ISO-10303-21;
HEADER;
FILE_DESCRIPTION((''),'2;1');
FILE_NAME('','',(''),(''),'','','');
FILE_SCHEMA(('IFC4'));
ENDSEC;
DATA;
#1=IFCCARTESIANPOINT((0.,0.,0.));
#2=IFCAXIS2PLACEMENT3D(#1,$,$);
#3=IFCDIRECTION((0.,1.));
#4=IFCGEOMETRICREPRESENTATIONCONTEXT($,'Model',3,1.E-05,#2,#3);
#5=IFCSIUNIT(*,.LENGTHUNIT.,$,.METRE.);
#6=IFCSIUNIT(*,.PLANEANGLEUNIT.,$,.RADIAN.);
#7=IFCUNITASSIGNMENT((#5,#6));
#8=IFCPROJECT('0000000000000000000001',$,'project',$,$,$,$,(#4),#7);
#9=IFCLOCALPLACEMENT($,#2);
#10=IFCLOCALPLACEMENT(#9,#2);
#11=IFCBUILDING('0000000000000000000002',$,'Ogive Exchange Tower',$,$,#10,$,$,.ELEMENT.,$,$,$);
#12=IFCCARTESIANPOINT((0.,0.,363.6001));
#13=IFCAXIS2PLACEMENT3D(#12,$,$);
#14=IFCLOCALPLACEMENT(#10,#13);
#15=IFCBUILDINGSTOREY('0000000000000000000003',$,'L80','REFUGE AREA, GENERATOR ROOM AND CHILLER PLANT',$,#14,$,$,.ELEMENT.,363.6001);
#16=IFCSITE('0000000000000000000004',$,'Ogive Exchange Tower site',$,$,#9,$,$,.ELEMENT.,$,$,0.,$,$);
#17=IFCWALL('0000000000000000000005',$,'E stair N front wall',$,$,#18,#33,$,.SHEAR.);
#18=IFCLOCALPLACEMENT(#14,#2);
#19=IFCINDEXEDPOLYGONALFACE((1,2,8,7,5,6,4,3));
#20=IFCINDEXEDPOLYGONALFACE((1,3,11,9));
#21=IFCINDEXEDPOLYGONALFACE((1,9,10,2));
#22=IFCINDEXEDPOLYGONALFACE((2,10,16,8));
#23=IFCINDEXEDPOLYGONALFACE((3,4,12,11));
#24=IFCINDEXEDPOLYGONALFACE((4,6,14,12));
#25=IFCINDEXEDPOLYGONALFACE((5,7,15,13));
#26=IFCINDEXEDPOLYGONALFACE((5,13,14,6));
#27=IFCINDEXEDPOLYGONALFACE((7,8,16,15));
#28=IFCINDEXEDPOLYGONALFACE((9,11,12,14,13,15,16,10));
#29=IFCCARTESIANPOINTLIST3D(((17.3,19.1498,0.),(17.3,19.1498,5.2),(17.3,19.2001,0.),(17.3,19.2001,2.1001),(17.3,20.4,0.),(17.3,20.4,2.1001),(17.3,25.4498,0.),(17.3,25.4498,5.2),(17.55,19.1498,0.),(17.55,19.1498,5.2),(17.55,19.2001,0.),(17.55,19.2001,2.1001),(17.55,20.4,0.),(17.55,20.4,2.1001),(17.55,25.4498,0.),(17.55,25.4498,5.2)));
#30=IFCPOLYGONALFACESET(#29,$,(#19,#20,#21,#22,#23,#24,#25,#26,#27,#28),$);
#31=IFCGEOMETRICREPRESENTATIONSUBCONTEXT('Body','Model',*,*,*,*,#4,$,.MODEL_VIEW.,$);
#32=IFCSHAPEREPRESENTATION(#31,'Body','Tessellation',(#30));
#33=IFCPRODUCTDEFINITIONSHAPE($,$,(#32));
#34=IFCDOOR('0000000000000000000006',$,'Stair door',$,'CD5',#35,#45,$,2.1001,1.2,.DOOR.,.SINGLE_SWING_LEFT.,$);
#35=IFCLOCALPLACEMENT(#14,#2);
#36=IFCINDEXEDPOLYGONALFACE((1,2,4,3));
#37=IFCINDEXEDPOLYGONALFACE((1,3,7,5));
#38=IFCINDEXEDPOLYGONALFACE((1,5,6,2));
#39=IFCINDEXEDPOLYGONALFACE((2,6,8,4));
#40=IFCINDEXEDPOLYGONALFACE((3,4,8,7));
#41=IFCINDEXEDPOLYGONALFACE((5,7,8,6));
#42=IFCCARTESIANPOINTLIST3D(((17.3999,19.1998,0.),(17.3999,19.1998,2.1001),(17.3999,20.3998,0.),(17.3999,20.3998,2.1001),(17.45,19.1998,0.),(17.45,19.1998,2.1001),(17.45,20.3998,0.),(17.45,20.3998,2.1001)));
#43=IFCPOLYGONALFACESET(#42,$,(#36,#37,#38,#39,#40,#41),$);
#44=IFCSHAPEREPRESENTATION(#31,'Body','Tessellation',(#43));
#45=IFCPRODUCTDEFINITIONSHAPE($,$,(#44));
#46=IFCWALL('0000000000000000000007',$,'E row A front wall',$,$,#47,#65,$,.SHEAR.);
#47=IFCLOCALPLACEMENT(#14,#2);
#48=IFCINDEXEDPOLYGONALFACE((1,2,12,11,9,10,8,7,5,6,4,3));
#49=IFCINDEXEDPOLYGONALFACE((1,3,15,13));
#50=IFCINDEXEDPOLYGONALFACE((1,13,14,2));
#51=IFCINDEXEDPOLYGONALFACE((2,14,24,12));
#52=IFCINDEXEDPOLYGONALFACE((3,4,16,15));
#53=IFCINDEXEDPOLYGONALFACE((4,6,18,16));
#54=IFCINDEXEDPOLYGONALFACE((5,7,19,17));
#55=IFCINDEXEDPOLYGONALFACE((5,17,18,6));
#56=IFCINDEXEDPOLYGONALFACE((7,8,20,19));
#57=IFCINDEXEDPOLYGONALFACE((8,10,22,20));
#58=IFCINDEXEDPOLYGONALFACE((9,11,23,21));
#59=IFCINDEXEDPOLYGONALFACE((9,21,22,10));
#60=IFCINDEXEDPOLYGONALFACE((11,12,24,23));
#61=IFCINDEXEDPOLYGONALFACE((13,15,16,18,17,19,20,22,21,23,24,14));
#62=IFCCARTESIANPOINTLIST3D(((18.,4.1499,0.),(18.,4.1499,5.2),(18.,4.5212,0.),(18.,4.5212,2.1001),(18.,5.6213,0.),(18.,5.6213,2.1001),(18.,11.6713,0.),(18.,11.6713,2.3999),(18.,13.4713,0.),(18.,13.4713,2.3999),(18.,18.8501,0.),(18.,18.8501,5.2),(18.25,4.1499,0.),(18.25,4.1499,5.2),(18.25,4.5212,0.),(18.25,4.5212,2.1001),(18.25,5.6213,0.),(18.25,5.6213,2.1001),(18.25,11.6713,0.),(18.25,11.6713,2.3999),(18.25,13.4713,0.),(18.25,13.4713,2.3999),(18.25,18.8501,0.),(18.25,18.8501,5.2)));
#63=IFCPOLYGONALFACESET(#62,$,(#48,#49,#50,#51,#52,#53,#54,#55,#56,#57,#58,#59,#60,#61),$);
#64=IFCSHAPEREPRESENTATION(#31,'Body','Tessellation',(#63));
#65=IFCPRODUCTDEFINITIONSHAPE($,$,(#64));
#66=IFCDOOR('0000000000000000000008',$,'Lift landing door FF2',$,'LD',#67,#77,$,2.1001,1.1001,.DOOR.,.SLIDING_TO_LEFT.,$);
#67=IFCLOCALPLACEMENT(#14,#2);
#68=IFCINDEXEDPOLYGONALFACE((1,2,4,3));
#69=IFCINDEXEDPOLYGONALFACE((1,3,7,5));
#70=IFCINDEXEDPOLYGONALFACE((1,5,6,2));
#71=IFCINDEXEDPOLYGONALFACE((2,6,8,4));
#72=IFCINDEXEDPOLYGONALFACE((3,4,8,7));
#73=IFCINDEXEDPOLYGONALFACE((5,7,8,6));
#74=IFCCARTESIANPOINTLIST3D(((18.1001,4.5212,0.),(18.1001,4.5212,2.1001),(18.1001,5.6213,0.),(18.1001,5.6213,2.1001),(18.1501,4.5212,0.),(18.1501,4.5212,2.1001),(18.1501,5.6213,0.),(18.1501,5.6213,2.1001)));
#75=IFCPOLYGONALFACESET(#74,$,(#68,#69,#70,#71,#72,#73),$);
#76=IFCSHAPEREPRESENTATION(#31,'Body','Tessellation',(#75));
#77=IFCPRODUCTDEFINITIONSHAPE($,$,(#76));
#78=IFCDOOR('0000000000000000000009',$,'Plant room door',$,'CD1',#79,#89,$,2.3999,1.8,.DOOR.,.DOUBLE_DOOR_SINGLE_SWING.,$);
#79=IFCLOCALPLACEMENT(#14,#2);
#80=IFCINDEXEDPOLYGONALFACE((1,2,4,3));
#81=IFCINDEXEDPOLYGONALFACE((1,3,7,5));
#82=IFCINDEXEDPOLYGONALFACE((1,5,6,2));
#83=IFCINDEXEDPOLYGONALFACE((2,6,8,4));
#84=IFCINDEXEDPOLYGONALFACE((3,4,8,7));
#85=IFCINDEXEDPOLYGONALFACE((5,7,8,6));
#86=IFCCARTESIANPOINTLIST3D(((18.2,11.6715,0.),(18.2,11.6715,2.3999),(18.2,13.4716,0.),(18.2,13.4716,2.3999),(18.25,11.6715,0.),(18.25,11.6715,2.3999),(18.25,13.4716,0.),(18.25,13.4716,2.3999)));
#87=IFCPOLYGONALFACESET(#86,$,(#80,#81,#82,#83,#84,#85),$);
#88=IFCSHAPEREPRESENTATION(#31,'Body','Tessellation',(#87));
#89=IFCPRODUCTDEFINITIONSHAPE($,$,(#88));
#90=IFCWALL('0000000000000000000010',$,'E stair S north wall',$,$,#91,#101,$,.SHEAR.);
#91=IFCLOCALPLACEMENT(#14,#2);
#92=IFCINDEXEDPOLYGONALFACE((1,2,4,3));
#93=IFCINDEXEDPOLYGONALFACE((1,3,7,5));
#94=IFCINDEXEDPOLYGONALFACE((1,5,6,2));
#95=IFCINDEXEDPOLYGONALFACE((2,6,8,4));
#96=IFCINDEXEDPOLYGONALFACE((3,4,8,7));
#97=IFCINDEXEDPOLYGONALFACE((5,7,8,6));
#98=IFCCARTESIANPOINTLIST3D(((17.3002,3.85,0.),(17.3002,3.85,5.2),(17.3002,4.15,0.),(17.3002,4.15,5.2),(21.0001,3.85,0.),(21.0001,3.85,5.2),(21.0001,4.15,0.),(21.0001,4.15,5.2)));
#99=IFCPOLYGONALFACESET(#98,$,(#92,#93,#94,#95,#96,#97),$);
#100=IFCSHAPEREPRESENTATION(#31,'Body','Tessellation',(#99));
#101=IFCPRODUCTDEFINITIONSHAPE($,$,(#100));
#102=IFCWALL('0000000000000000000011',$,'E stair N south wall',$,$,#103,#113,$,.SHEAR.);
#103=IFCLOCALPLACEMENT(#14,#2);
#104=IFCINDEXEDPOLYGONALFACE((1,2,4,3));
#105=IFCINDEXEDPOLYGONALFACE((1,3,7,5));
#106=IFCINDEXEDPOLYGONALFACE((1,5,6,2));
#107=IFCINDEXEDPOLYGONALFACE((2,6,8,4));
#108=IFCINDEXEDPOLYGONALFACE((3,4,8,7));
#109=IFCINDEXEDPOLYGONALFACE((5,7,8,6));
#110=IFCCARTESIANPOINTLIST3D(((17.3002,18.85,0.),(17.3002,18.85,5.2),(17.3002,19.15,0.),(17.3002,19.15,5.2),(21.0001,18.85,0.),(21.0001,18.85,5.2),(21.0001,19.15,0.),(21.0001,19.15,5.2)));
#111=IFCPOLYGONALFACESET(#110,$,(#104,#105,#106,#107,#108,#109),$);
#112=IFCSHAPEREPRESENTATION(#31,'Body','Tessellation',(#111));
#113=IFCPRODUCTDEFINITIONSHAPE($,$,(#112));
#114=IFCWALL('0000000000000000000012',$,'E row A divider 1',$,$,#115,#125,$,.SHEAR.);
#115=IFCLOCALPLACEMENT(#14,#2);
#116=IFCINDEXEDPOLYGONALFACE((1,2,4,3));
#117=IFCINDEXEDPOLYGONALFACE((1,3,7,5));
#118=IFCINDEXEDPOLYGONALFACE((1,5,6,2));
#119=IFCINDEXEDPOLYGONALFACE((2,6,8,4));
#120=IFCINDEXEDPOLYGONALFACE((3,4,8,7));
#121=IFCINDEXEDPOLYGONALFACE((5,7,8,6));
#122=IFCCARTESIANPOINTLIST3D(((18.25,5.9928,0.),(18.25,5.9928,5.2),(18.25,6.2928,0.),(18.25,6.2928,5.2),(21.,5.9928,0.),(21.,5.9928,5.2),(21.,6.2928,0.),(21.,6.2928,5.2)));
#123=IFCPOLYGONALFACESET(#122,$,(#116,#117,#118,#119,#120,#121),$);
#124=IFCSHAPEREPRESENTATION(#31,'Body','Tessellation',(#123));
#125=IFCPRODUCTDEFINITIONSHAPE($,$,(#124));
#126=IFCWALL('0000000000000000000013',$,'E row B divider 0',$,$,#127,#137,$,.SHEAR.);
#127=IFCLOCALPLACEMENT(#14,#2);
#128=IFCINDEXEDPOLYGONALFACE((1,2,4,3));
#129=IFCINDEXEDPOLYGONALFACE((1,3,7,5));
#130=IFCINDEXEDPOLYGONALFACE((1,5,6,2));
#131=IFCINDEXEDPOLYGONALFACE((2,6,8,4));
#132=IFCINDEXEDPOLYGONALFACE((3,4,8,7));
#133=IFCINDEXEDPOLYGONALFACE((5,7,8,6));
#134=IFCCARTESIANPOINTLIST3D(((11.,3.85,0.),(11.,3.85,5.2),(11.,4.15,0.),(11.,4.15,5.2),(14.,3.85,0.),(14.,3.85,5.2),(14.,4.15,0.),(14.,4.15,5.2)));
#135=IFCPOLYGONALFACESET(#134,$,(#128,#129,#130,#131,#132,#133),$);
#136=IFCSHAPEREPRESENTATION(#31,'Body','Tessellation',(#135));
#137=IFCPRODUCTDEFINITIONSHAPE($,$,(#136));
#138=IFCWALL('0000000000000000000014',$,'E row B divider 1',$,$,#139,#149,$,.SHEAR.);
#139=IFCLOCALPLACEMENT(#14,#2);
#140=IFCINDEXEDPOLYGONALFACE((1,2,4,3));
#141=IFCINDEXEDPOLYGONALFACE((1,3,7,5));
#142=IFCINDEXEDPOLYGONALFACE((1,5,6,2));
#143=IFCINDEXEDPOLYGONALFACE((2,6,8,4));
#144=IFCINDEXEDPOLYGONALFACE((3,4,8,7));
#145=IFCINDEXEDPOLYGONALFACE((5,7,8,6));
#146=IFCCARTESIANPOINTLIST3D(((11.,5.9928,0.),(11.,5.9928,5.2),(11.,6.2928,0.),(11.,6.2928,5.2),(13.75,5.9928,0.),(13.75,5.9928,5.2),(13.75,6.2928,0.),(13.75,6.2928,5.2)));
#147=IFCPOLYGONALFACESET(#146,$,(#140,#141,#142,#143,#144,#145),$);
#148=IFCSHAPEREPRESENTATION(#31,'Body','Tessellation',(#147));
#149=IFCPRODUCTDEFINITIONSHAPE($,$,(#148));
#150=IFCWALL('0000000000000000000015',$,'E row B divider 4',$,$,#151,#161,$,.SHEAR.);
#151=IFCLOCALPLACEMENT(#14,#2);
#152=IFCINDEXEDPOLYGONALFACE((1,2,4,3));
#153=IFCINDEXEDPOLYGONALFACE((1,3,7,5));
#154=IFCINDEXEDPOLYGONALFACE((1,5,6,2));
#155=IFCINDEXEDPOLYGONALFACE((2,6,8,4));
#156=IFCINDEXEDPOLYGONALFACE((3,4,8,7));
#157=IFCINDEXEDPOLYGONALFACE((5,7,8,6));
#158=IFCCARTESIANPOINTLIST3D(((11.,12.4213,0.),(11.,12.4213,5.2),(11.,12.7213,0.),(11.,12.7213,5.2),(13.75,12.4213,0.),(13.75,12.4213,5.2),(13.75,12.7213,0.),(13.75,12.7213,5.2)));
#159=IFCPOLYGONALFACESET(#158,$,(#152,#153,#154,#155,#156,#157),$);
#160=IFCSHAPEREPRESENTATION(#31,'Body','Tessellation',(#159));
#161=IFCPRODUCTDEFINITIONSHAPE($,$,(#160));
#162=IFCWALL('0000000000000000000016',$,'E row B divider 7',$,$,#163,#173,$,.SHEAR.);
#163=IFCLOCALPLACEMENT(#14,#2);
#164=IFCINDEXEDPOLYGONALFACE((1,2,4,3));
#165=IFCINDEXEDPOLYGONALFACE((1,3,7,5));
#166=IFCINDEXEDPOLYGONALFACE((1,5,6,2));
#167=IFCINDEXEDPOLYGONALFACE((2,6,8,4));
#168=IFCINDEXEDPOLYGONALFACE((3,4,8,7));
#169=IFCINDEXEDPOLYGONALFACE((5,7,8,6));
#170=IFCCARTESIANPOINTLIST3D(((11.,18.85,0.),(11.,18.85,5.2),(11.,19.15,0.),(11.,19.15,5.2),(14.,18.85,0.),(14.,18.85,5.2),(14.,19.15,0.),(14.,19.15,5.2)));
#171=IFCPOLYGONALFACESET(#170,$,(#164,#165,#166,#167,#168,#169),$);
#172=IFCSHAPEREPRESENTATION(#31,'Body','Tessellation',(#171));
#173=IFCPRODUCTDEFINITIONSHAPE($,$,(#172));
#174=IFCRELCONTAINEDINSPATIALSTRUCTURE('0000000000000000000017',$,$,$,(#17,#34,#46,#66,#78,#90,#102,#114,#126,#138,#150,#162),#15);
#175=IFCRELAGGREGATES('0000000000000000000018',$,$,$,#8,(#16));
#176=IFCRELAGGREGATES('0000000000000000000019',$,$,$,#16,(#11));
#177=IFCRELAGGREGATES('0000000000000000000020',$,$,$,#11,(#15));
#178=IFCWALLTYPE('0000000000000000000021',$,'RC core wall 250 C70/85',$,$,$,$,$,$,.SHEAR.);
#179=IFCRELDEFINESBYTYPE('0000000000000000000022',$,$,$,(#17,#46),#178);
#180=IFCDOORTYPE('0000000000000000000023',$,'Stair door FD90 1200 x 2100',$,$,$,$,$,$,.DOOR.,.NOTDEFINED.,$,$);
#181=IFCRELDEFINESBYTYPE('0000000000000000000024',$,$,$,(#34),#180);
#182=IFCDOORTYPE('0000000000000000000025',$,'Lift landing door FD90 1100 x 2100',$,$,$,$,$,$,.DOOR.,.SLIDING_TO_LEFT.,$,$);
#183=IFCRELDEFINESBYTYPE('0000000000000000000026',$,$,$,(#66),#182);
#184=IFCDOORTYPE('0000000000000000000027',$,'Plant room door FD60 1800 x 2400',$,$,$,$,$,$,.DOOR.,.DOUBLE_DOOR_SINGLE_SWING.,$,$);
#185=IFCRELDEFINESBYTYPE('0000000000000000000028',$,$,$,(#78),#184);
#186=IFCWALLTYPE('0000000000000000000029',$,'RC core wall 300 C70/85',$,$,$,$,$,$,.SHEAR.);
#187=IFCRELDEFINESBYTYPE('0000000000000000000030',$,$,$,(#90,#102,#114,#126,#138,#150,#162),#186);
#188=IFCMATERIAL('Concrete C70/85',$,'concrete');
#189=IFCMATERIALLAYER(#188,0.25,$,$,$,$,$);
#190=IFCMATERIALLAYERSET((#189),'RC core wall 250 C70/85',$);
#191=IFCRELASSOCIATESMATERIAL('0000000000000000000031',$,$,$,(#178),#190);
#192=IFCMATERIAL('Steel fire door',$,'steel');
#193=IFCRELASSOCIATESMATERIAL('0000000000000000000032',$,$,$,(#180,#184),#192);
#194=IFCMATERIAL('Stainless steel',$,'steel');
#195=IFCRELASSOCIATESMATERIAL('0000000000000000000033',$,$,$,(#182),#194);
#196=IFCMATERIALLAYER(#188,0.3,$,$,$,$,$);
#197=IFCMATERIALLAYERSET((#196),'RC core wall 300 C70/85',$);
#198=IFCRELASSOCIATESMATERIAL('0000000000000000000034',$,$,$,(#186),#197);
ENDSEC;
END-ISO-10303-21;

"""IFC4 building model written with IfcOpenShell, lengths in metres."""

from ifc_helpers import new_model, si_unit, direction, frame, frame_2d, origin, place, context, subcontext, project, spatial, rectangle, extrude, material, layer, layer_set, type_object, element, fill, save


model = new_model("IFC4")

# Units and contexts
model_context = context("Model", 3, precision=1e-05, world=origin(), true_north=direction((0.0, 1.0)))
body_context = subcontext(model_context, "Body", "Model", "MODEL_VIEW")
ifc_project = project(units=[si_unit("LENGTHUNIT", "METRE"), si_unit("PLANEANGLEUNIT", "RADIAN")], contexts=[model_context])

# Site, building, storey
site_placement = place(None, origin())
site = spatial("IfcSite", under=ifc_project, at=site_placement, Name="Ogive Exchange Tower site", CompositionType="ELEMENT", RefElevation=0.0)
building_placement = place(site_placement, origin())
building = spatial("IfcBuilding", under=site, at=building_placement, Name="Ogive Exchange Tower", CompositionType="ELEMENT")
storey_placement = place(building_placement, frame((0.0, 0.0, 363.6001)))
storey = spatial("IfcBuildingStorey", under=building, at=storey_placement, Name="L80", Description="REFUGE AREA, GENERATOR ROOM AND CHILLER PLANT", CompositionType="ELEMENT", Elevation=363.6001)

# Shared definitions
ifc_material_1 = material(Name="Concrete C70/85", Category="concrete")

# Wall, opening, door
ifc_material_2 = material(Name="Steel fire door", Category="steel")
ifc_layer_1 = layer(ifc_material_1, 0.25)
ifc_layer_set_1 = layer_set([ifc_layer_1], Name="RC core wall 250 C70/85")
wall_type_1 = type_object("IfcWallType", Name="RC core wall 250 C70/85", PredefinedType="SHEAR", material=ifc_layer_set_1)
wall_1_placement = place(storey_placement, frame((17.425, 19.1499, 0.0), z_axis=(0.0, 0.0, 1.0), x_axis=(0.0, 1.0, 0.0)))
wall_1 = element("IfcWall", 1, at=wall_1_placement, inside=storey, type_object=wall_type_1, Name="E stair N front wall", PredefinedType="SHEAR", context=body_context, shape_type="SweptSolid", body=[
    extrude(rectangle(XDim=6.3, YDim=0.25, at=frame_2d((3.1499, 0.0))), origin(), (0.0, 0.0, 1.0), 5.2),
])
opening_1_placement = place(wall_1_placement, frame((0.05, 0.0, 0.0)))
opening_1 = element("IfcOpeningElement", 2, at=opening_1_placement, cuts=wall_1, PredefinedType="OPENING", context=body_context, shape_type="SweptSolid", body=[
    extrude(rectangle(XDim=1.2, YDim=2.1001, at=frame_2d((0.6001, 1.05))), frame((0.0, 0.135, 0.0), z_axis=(0.0, -1.0, 0.0), x_axis=(1.0, 0.0, 0.0)), (0.0, 0.0, 1.0), 0.27),
])
door_type_1 = type_object("IfcDoorType", Name="Stair door FD90 1200 x 2100", OperationType="NOTDEFINED", PredefinedType="DOOR", material=ifc_material_2)
door_1_placement = place(opening_1_placement, frame((1.2, 0.0, 0.0), z_axis=(0.0, 0.0, 1.0), x_axis=(-1.0, 0.0, 0.0)))
door_1 = element("IfcDoor", 3, at=door_1_placement, inside=storey, type_object=door_type_1, Name="Stair door", ObjectType="CD5", OperationType="SINGLE_SWING_LEFT", OverallHeight=2.1001, OverallWidth=1.2, PredefinedType="DOOR", context=body_context, shape_type="SweptSolid", body=[
    extrude(rectangle(XDim=1.2, YDim=2.1001, at=frame_2d((0.6001, 1.05))), frame((0.0, 0.0249, 0.0), z_axis=(0.0, -1.0, 0.0), x_axis=(1.0, 0.0, 0.0)), (0.0, 0.0, 1.0), 0.05),
])
fill(opening_1, door_1)

# Wall, openings, doors
wall_2_placement = place(storey_placement, frame((18.125, 4.1499, 0.0), z_axis=(0.0, 0.0, 1.0), x_axis=(0.0, 1.0, 0.0)))
wall_2 = element("IfcWall", 4, at=wall_2_placement, inside=storey, type_object=wall_type_1, Name="E row A front wall", PredefinedType="SHEAR", context=body_context, shape_type="SweptSolid", body=[
    extrude(rectangle(XDim=14.7002, YDim=0.25, at=frame_2d((7.3501, 0.0))), origin(), (0.0, 0.0, 1.0), 5.2),
])
opening_2_placement = place(wall_2_placement, frame((7.5215, 0.0, 0.0)))
opening_2 = element("IfcOpeningElement", 5, at=opening_2_placement, cuts=wall_2, PredefinedType="OPENING", context=body_context, shape_type="SweptSolid", body=[
    extrude(rectangle(XDim=1.8, YDim=2.3999, at=frame_2d((0.8999, 1.2))), frame((0.0, 0.135, 0.0), z_axis=(0.0, -1.0, 0.0), x_axis=(1.0, 0.0, 0.0)), (0.0, 0.0, 1.0), 0.27),
])
opening_3_placement = place(wall_2_placement, frame((0.3713, 0.0, 0.0)))
opening_3 = element("IfcOpeningElement", 6, at=opening_3_placement, cuts=wall_2, PredefinedType="OPENING", context=body_context, shape_type="SweptSolid", body=[
    extrude(rectangle(XDim=1.1001, YDim=2.1001, at=frame_2d((0.55, 1.05))), frame((0.0, 0.135, 0.0), z_axis=(0.0, -1.0, 0.0), x_axis=(1.0, 0.0, 0.0)), (0.0, 0.0, 1.0), 0.27),
])
ifc_material_3 = material(Name="Stainless steel", Category="steel")
door_type_2 = type_object("IfcDoorType", Name="Lift landing door FD90 1100 x 2100", OperationType="SLIDING_TO_LEFT", PredefinedType="DOOR", material=ifc_material_3)
door_2_placement = place(opening_3_placement, origin())
door_2 = element("IfcDoor", 7, at=door_2_placement, inside=storey, type_object=door_type_2, Name="Lift landing door FF2", ObjectType="LD", OperationType="SLIDING_TO_LEFT", OverallHeight=2.1001, OverallWidth=1.1001, PredefinedType="DOOR", context=body_context, shape_type="SweptSolid", body=[
    extrude(rectangle(XDim=1.1001, YDim=2.1001, at=frame_2d((0.55, 1.05))), frame((0.0, 0.0249, 0.0), z_axis=(0.0, -1.0, 0.0), x_axis=(1.0, 0.0, 0.0)), (0.0, 0.0, 1.0), 0.05),
])
fill(opening_3, door_2)
door_type_3 = type_object("IfcDoorType", Name="Plant room door FD60 1800 x 2400", OperationType="DOUBLE_DOOR_SINGLE_SWING", PredefinedType="DOOR", material=ifc_material_2)
door_3_placement = place(opening_2_placement, frame((1.8, -0.2002, 0.0), z_axis=(0.0, 0.0, 1.0), x_axis=(-1.0, 0.0, 0.0)))
door_3 = element("IfcDoor", 8, at=door_3_placement, inside=storey, type_object=door_type_3, Name="Plant room door", ObjectType="CD1", OperationType="DOUBLE_DOOR_SINGLE_SWING", OverallHeight=2.3999, OverallWidth=1.8, PredefinedType="DOOR", context=body_context, shape_type="SweptSolid", body=[
    extrude(rectangle(XDim=1.8, YDim=2.3999, at=frame_2d((0.8999, 1.2))), frame((0.0, -0.0752, 0.0), z_axis=(0.0, -1.0, 0.0), x_axis=(1.0, 0.0, 0.0)), (0.0, 0.0, 1.0), 0.05),
])
fill(opening_2, door_3)

# Walls
ifc_layer_2 = layer(ifc_material_1, 0.3)
ifc_layer_set_2 = layer_set([ifc_layer_2], Name="RC core wall 300 C70/85")
wall_type_2 = type_object("IfcWallType", Name="RC core wall 300 C70/85", PredefinedType="SHEAR", material=ifc_layer_set_2)
for number, where, z_axis, x_axis, name in (
    (9, (17.3, 4.0, 0.0), (0.0, 0.0, 1.0), (1.0, 0.0, 0.0), "E stair S north wall"),
    (10, (17.3, 19.0, 0.0), (0.0, 0.0, 1.0), (1.0, 0.0, 0.0), "E stair N south wall"),
):
    element("IfcWall", number, at=place(storey_placement, frame(where, z_axis=z_axis, x_axis=x_axis)), inside=storey, type_object=wall_type_2, Name=name, PredefinedType="SHEAR", context=body_context, shape_type="SweptSolid", body=[
        extrude(rectangle(XDim=3.7, YDim=0.3, at=frame_2d((1.8501, 0.0))), origin(), (0.0, 0.0, 1.0), 5.2),
    ])
wall_3_placement = place(storey_placement, frame((18.25, 6.1428, 0.0), z_axis=(0.0, 0.0, 1.0), x_axis=(1.0, 0.0, 0.0)))
element("IfcWall", 11, at=wall_3_placement, inside=storey, type_object=wall_type_2, Name="E row A divider 1", PredefinedType="SHEAR", context=body_context, shape_type="SweptSolid", body=[
    extrude(rectangle(XDim=2.75, YDim=0.3, at=frame_2d((1.375, 0.0))), origin(), (0.0, 0.0, 1.0), 5.2),
])
wall_4_placement = place(storey_placement, frame((11.0, 4.0, 0.0), z_axis=(0.0, 0.0, 1.0), x_axis=(1.0, 0.0, 0.0)))
element("IfcWall", 12, at=wall_4_placement, inside=storey, type_object=wall_type_2, Name="E row B divider 0", PredefinedType="SHEAR", context=body_context, shape_type="SweptSolid", body=[
    extrude(rectangle(XDim=3.0, YDim=0.3, at=frame_2d((1.5, 0.0))), origin(), (0.0, 0.0, 1.0), 5.2),
])
for number, where, z_axis, x_axis, name in (
    (13, (11.0, 6.1428, 0.0), (0.0, 0.0, 1.0), (1.0, 0.0, 0.0), "E row B divider 1"),
    (14, (11.0, 12.5713, 0.0), (0.0, 0.0, 1.0), (1.0, 0.0, 0.0), "E row B divider 4"),
):
    element("IfcWall", number, at=place(storey_placement, frame(where, z_axis=z_axis, x_axis=x_axis)), inside=storey, type_object=wall_type_2, Name=name, PredefinedType="SHEAR", context=body_context, shape_type="SweptSolid", body=[
        extrude(rectangle(XDim=2.75, YDim=0.3, at=frame_2d((1.375, 0.0))), origin(), (0.0, 0.0, 1.0), 5.2),
    ])
wall_5_placement = place(storey_placement, frame((11.0, 19.0, 0.0), z_axis=(0.0, 0.0, 1.0), x_axis=(1.0, 0.0, 0.0)))
element("IfcWall", 15, at=wall_5_placement, inside=storey, type_object=wall_type_2, Name="E row B divider 7", PredefinedType="SHEAR", context=body_context, shape_type="SweptSolid", body=[
    extrude(rectangle(XDim=3.0, YDim=0.3, at=frame_2d((1.5, 0.0))), origin(), (0.0, 0.0, 1.0), 5.2),
])

save(model, "model.ifc")
